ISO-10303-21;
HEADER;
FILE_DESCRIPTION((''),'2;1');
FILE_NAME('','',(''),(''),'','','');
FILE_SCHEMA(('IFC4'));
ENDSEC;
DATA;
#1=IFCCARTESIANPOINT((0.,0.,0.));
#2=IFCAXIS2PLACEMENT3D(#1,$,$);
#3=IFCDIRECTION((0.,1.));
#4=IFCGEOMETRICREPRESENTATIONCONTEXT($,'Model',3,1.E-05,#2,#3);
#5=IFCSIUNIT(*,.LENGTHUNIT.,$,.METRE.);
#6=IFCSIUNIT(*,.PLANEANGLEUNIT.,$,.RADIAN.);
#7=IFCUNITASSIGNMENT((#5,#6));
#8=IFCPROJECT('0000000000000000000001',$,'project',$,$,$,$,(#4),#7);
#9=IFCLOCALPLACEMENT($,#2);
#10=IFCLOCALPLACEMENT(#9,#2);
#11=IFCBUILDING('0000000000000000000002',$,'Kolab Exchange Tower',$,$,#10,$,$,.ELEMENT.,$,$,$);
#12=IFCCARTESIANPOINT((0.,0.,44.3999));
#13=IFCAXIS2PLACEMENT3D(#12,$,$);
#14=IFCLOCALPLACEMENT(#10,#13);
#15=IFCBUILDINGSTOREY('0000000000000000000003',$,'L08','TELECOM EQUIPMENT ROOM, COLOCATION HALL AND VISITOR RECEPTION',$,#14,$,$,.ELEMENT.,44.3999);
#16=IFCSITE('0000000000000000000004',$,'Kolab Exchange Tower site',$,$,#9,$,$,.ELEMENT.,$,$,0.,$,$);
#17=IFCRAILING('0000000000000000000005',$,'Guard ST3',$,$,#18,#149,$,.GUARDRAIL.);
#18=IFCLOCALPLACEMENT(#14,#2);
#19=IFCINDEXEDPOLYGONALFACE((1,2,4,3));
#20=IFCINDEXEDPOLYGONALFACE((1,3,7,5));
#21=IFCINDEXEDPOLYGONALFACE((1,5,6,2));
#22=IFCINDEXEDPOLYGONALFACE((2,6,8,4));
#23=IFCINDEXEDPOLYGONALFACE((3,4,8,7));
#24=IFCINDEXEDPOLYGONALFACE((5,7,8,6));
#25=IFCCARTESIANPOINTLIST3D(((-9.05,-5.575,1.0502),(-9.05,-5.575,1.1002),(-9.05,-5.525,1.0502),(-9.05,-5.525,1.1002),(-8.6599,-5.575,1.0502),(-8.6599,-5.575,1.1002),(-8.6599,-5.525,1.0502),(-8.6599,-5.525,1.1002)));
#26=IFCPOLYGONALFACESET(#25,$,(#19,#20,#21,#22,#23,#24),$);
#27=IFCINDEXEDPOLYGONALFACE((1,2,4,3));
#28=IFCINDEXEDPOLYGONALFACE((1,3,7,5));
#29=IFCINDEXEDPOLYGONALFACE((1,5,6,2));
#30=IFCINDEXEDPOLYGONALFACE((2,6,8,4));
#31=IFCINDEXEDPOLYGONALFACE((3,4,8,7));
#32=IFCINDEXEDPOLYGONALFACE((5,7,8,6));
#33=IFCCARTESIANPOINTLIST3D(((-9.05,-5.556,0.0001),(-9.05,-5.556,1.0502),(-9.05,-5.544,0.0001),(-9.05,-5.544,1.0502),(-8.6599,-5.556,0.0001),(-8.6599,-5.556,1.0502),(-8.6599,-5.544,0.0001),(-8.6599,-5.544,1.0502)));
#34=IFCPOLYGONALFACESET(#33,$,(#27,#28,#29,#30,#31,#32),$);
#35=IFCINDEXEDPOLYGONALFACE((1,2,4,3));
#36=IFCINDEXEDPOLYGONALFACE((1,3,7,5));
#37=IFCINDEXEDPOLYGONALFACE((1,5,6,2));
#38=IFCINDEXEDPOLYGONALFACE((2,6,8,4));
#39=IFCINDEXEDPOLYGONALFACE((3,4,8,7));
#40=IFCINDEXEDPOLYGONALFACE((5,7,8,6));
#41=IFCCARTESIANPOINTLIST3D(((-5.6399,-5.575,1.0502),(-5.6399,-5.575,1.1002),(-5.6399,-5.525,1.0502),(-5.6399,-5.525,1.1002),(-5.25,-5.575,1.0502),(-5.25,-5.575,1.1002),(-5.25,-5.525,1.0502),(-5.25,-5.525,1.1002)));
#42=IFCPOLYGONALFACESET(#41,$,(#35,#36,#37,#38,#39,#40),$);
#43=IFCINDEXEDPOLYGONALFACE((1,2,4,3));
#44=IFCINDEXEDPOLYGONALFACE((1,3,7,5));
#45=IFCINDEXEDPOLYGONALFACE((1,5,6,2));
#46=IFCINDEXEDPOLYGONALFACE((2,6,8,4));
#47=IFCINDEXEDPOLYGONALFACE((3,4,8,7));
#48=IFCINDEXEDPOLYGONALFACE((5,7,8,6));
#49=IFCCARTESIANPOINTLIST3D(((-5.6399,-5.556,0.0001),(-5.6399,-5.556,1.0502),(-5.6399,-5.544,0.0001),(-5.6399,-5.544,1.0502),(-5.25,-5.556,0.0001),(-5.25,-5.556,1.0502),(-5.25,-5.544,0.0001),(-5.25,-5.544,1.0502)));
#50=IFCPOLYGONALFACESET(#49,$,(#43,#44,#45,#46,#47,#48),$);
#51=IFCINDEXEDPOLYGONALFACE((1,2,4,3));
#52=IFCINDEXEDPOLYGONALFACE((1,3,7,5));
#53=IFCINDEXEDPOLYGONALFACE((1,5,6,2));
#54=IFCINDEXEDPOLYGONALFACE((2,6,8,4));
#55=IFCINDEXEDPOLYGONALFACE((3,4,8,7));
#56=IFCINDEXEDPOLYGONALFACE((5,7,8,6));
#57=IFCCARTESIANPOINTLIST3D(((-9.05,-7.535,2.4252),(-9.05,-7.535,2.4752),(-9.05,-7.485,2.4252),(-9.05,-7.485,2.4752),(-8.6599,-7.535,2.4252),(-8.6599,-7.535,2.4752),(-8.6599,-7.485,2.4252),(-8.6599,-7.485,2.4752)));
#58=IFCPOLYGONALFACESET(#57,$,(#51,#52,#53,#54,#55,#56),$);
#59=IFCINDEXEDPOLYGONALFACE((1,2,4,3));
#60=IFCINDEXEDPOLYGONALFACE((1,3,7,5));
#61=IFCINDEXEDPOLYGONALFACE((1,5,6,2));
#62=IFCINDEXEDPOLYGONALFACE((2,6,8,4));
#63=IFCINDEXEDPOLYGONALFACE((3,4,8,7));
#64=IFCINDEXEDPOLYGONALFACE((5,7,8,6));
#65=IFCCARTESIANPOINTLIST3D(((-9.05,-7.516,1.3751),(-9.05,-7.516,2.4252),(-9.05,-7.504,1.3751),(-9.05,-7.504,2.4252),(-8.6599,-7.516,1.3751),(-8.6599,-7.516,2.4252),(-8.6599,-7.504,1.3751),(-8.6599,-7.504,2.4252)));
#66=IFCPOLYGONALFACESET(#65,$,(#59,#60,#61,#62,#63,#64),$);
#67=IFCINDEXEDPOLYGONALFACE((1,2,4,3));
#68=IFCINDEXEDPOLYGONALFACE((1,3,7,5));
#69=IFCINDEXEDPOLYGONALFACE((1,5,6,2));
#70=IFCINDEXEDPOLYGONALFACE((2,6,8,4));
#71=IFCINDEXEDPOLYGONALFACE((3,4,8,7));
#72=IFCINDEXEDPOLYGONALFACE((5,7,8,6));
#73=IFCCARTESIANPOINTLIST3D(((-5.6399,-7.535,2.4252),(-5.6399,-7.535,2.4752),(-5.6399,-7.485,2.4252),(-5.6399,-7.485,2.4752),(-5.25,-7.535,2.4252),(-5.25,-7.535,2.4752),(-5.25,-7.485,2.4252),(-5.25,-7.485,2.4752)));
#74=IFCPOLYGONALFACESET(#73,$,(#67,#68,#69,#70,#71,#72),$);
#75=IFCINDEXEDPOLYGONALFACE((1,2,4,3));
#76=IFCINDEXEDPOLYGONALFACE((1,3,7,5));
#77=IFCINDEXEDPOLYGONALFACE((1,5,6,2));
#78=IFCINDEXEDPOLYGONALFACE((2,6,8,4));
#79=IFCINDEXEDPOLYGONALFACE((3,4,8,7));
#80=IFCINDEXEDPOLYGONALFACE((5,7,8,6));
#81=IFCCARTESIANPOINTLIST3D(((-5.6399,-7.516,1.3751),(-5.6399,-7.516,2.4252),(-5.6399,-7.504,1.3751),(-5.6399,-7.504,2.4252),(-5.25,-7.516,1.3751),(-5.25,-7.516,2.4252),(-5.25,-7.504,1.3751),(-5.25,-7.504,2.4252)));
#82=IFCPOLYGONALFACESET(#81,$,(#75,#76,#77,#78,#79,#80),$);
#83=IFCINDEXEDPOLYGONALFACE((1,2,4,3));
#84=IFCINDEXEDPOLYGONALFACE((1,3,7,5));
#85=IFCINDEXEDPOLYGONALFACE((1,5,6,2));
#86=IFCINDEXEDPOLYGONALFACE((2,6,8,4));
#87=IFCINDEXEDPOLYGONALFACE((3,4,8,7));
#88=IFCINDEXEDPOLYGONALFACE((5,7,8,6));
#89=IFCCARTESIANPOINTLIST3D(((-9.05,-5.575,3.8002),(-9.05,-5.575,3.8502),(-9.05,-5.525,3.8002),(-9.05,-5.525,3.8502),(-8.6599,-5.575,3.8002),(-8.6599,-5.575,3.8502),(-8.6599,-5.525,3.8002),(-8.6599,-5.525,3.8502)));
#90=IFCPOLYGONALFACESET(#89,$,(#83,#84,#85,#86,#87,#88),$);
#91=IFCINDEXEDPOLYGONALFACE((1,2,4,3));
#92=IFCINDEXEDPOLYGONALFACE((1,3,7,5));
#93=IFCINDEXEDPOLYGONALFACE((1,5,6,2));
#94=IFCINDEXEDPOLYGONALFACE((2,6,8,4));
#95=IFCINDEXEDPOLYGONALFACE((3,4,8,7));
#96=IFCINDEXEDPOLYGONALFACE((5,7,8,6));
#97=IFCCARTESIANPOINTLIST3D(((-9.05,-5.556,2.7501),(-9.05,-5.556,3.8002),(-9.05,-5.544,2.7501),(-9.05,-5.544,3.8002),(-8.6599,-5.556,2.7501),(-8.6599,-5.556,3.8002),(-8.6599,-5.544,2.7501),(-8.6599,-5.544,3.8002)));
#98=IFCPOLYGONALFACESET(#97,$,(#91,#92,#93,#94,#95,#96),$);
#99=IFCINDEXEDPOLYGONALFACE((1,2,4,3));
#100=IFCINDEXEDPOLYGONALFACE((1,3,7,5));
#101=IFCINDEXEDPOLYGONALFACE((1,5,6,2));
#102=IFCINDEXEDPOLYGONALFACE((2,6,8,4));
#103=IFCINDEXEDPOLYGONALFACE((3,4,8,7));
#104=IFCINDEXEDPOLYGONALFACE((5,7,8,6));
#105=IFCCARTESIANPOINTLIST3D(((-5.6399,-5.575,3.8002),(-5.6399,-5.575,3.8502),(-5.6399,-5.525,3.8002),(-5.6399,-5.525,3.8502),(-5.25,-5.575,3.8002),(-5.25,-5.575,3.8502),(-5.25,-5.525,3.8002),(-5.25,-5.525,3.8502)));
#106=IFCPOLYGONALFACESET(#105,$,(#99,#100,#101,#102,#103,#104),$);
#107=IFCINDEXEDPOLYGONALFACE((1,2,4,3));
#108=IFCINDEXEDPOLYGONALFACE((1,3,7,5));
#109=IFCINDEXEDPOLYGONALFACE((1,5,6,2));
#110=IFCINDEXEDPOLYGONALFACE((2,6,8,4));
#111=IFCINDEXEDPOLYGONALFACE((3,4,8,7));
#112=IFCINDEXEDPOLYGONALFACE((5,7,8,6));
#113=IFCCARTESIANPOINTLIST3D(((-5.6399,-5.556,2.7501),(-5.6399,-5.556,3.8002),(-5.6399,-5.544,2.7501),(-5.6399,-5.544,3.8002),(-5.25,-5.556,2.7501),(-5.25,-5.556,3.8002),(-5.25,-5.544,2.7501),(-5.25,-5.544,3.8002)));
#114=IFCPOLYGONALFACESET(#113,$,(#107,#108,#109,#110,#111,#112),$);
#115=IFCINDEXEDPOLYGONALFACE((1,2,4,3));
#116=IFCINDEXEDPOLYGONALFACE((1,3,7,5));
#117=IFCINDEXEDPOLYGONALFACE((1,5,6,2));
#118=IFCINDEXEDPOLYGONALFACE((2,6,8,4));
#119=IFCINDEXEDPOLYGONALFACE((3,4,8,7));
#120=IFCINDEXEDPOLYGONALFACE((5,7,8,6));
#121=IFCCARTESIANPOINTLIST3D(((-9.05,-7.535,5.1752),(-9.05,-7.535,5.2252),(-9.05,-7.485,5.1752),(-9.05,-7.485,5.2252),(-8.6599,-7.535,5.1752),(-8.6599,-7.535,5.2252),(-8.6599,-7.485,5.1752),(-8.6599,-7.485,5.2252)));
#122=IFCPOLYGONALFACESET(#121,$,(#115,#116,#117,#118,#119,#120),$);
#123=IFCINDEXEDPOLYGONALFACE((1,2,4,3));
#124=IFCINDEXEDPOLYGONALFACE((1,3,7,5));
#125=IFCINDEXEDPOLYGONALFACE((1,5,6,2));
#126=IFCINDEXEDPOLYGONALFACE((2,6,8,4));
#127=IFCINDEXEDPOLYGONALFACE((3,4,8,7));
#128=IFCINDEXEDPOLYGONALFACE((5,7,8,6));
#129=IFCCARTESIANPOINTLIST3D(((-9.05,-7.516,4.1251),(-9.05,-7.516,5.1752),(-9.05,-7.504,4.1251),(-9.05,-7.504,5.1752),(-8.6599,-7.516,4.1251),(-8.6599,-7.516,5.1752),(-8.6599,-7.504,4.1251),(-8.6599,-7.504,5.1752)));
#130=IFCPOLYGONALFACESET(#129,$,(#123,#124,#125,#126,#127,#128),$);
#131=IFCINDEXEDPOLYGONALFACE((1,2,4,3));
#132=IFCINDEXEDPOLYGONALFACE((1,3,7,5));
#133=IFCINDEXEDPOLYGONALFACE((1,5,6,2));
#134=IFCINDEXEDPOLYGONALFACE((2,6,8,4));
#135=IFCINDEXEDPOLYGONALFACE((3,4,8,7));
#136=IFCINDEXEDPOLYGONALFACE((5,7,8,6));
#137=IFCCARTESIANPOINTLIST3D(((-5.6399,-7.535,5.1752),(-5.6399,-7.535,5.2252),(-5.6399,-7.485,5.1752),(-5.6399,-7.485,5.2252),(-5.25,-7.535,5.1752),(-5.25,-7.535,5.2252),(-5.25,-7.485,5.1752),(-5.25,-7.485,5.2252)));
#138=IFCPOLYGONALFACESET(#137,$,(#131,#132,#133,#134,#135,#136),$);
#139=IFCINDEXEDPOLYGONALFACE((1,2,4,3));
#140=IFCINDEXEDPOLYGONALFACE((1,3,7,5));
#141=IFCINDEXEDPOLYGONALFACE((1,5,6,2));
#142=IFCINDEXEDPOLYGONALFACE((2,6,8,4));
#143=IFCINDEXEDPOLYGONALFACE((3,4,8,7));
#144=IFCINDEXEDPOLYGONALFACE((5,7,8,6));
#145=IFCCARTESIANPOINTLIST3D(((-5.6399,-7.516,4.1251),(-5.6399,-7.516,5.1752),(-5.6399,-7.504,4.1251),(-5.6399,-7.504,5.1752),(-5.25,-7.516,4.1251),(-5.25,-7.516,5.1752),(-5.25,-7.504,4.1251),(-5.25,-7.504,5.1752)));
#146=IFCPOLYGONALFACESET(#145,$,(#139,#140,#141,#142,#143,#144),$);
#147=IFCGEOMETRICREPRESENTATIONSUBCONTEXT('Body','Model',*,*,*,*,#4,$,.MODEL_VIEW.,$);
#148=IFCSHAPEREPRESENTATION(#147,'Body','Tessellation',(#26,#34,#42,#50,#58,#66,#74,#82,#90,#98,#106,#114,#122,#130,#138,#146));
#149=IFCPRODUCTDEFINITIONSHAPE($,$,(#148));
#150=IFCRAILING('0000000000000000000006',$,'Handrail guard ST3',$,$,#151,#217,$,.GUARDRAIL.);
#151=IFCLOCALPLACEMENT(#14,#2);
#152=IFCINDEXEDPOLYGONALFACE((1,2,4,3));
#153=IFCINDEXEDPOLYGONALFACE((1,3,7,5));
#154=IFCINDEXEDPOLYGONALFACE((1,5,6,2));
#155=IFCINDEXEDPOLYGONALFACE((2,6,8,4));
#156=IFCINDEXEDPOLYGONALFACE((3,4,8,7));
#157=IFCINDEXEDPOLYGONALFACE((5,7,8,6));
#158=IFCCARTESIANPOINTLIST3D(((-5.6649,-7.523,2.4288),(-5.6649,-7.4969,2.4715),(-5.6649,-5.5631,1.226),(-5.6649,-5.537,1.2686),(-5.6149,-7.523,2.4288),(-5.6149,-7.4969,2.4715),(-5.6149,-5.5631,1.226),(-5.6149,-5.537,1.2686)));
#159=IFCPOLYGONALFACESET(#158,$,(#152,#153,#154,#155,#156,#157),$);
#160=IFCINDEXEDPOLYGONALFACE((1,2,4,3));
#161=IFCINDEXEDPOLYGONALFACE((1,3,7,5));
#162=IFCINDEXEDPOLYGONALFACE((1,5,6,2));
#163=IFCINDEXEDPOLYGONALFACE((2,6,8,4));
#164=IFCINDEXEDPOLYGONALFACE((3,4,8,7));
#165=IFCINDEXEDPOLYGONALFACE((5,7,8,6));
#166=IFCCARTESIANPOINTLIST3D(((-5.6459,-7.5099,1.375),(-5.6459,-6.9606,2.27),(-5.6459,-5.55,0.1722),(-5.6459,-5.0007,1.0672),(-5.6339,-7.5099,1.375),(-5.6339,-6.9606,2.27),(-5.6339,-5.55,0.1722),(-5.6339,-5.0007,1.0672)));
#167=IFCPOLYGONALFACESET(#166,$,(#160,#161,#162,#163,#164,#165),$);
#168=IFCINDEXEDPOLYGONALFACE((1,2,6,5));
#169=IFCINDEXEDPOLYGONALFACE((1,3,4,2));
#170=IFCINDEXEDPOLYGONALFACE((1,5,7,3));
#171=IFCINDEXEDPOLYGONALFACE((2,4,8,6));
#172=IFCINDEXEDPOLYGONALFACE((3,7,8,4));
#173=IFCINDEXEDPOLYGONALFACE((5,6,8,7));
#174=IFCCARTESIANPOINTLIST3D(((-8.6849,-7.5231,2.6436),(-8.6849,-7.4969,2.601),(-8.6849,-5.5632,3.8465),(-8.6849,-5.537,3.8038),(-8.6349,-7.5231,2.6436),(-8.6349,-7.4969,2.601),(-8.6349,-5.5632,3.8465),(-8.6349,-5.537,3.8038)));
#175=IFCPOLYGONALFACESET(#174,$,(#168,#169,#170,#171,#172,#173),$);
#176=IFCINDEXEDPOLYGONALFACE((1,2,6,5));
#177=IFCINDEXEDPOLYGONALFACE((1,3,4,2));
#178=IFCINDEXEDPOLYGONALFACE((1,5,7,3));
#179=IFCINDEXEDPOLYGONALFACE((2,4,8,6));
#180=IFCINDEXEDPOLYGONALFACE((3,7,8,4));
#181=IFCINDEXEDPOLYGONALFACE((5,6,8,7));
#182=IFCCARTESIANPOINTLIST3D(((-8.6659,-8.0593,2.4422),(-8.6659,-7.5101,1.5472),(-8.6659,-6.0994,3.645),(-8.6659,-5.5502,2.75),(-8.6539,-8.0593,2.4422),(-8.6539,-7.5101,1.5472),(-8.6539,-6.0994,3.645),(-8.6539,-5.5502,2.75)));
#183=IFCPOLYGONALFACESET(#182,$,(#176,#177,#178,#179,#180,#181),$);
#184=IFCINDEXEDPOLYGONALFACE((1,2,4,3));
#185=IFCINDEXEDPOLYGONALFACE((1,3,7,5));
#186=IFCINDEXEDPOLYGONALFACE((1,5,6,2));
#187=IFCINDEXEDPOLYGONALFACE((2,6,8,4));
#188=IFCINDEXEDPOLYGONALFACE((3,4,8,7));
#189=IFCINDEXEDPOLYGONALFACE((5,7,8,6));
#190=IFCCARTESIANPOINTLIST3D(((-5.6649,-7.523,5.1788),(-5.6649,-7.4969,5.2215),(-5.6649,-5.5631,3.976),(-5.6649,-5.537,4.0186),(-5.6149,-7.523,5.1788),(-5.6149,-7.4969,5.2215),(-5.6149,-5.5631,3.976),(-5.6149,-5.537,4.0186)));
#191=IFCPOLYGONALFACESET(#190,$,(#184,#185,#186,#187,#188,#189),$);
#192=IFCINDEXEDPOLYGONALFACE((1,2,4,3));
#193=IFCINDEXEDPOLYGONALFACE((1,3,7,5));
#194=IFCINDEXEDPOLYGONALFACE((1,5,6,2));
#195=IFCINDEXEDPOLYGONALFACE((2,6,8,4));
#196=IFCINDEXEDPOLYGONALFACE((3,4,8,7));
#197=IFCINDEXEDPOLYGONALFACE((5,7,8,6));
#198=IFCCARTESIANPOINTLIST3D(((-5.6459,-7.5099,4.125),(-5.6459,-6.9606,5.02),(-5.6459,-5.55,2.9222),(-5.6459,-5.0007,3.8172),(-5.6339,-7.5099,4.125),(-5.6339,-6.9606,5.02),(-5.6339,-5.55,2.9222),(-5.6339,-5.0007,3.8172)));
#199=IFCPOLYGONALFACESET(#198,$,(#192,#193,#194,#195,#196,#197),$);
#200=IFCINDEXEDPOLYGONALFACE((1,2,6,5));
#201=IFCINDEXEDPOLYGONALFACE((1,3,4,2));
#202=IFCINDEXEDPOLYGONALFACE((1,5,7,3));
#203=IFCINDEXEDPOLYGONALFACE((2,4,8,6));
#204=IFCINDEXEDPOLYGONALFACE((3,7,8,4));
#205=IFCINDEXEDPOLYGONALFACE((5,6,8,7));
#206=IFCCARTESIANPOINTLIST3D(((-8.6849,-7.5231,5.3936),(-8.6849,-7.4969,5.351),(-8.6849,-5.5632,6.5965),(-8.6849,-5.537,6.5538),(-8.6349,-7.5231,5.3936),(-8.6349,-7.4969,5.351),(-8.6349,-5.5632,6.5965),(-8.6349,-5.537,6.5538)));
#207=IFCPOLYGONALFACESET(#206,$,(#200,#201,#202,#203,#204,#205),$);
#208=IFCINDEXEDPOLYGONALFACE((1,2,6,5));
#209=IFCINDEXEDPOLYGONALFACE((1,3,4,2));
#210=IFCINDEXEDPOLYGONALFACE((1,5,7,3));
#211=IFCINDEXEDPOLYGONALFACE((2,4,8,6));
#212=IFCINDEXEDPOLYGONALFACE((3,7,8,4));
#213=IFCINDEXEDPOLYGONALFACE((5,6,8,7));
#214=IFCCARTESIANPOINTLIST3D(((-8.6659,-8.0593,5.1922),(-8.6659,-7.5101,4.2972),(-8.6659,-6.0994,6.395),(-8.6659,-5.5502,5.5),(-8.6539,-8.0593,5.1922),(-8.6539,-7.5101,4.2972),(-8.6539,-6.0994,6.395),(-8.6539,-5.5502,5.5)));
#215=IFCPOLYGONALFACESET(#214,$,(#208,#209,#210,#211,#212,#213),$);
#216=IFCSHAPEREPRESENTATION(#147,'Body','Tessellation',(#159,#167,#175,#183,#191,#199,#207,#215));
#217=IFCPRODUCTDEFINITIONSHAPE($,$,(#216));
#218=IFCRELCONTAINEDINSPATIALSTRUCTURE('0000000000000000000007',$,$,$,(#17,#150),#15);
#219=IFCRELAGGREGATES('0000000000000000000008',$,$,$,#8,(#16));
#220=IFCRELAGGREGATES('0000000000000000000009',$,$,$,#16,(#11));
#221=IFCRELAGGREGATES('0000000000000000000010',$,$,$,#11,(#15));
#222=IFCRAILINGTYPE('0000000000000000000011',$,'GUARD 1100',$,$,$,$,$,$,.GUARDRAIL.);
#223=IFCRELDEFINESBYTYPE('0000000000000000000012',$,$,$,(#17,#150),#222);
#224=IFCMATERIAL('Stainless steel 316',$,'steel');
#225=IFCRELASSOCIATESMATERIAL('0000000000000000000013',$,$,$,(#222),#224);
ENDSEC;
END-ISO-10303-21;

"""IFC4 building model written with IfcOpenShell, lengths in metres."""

from ifc_helpers import new_model, si_unit, direction, frame, frame_2d, origin, origin_2d, place, context, subcontext, project, spatial, rectangle, extrude, material, type_object, element, save


model = new_model("IFC4")

# Units and contexts
model_context = context("Model", 3, precision=1e-05, world=origin(), true_north=direction((0.0, 1.0)))
body_context = subcontext(model_context, "Body", "Model", "MODEL_VIEW")
ifc_project = project(units=[si_unit("LENGTHUNIT", "METRE"), si_unit("PLANEANGLEUNIT", "RADIAN")], contexts=[model_context])

# Site, building, storey
site_placement = place(None, origin())
site = spatial("IfcSite", under=ifc_project, at=site_placement, Name="Kolab Exchange Tower site", CompositionType="ELEMENT", RefElevation=0.0)
building_placement = place(site_placement, origin())
building = spatial("IfcBuilding", under=site, at=building_placement, Name="Kolab Exchange Tower", CompositionType="ELEMENT")
storey_placement = place(building_placement, frame((0.0, 0.0, 44.3999)))
storey = spatial("IfcBuildingStorey", under=building, at=storey_placement, Name="L08", Description="TELECOM EQUIPMENT ROOM, COLOCATION HALL AND VISITOR RECEPTION", CompositionType="ELEMENT", Elevation=44.3999)

# Shared definitions
ifc_material_1 = material(Name="Stainless steel 316", Category="steel")

# Railings
railing_type = type_object("IfcRailingType", Name="GUARD 1100", PredefinedType="GUARDRAIL", material=ifc_material_1)
railing_1_placement = place(storey_placement, frame((-9.05, -5.55, 0.0)))
element("IfcRailing", 1, at=railing_1_placement, inside=storey, type_object=railing_type, Name="Guard ST3", PredefinedType="GUARDRAIL", context=body_context, shape_type="SweptSolid", body=[
    extrude(rectangle(XDim=0.05, YDim=0.05, at=origin_2d()), frame((0.0, 0.0, 1.0752), z_axis=(1.0, 0.0, 0.0), x_axis=(0.0, 1.0, 0.0)), (0.0, 0.0, 1.0), 0.3901),
    extrude(rectangle(XDim=0.012, YDim=1.0501, at=frame_2d((0.0, 0.5251))), frame((0.0, 0.0, 0.0), z_axis=(1.0, 0.0, 0.0), x_axis=(0.0, 1.0, 0.0)), (0.0, 0.0, 1.0), 0.3901),
    extrude(rectangle(XDim=0.05, YDim=0.05, at=origin_2d()), frame((3.4102, 0.0, 1.0752), z_axis=(1.0, 0.0, 0.0), x_axis=(0.0, 1.0, 0.0)), (0.0, 0.0, 1.0), 0.3899),
    extrude(rectangle(XDim=0.012, YDim=1.0501, at=frame_2d((0.0, 0.5251))), frame((3.4102, 0.0, 0.0), z_axis=(1.0, 0.0, 0.0), x_axis=(0.0, 1.0, 0.0)), (0.0, 0.0, 1.0), 0.3899),
    extrude(rectangle(XDim=0.05, YDim=0.05, at=origin_2d()), frame((0.0, -1.96, 2.4502), z_axis=(1.0, 0.0, 0.0), x_axis=(0.0, 1.0, 0.0)), (0.0, 0.0, 1.0), 0.3901),
    extrude(rectangle(XDim=0.012, YDim=1.0501, at=frame_2d((0.0, 0.5251))), frame((0.0, -1.96, 1.375), z_axis=(1.0, 0.0, 0.0), x_axis=(0.0, 1.0, 0.0)), (0.0, 0.0, 1.0), 0.3901),
    extrude(rectangle(XDim=0.05, YDim=0.05, at=origin_2d()), frame((3.4102, -1.96, 2.4502), z_axis=(1.0, 0.0, 0.0), x_axis=(0.0, 1.0, 0.0)), (0.0, 0.0, 1.0), 0.3899),
    extrude(rectangle(XDim=0.012, YDim=1.0501, at=frame_2d((0.0, 0.5251))), frame((3.4102, -1.96, 1.375), z_axis=(1.0, 0.0, 0.0), x_axis=(0.0, 1.0, 0.0)), (0.0, 0.0, 1.0), 0.3899),
    extrude(rectangle(XDim=0.05, YDim=0.05, at=origin_2d()), frame((0.0, 0.0, 3.8252), z_axis=(1.0, 0.0, 0.0), x_axis=(0.0, 1.0, 0.0)), (0.0, 0.0, 1.0), 0.3901),
    extrude(rectangle(XDim=0.012, YDim=1.0501, at=frame_2d((0.0, 0.5251))), frame((0.0, 0.0, 2.75), z_axis=(1.0, 0.0, 0.0), x_axis=(0.0, 1.0, 0.0)), (0.0, 0.0, 1.0), 0.3901),
    extrude(rectangle(XDim=0.05, YDim=0.05, at=origin_2d()), frame((3.4102, 0.0, 3.8252), z_axis=(1.0, 0.0, 0.0), x_axis=(0.0, 1.0, 0.0)), (0.0, 0.0, 1.0), 0.3899),
    extrude(rectangle(XDim=0.012, YDim=1.0501, at=frame_2d((0.0, 0.5251))), frame((3.4102, 0.0, 2.75), z_axis=(1.0, 0.0, 0.0), x_axis=(0.0, 1.0, 0.0)), (0.0, 0.0, 1.0), 0.3899),
    extrude(rectangle(XDim=0.05, YDim=0.05, at=origin_2d()), frame((0.0, -1.96, 5.2002), z_axis=(1.0, 0.0, 0.0), x_axis=(0.0, 1.0, 0.0)), (0.0, 0.0, 1.0), 0.3901),
    extrude(rectangle(XDim=0.012, YDim=1.0501, at=frame_2d((0.0, 0.5251))), frame((0.0, -1.96, 4.125), z_axis=(1.0, 0.0, 0.0), x_axis=(0.0, 1.0, 0.0)), (0.0, 0.0, 1.0), 0.3901),
    extrude(rectangle(XDim=0.05, YDim=0.05, at=origin_2d()), frame((3.4102, -1.96, 5.2002), z_axis=(1.0, 0.0, 0.0), x_axis=(0.0, 1.0, 0.0)), (0.0, 0.0, 1.0), 0.3899),
    extrude(rectangle(XDim=0.012, YDim=1.0501, at=frame_2d((0.0, 0.5251))), frame((3.4102, -1.96, 4.125), z_axis=(1.0, 0.0, 0.0), x_axis=(0.0, 1.0, 0.0)), (0.0, 0.0, 1.0), 0.3899),
])
railing_2_placement = place(storey_placement, frame((-5.6399, -5.55, 0.1721)))
element("IfcRailing", 2, at=railing_2_placement, inside=storey, type_object=railing_type, Name="Handrail guard ST3", PredefinedType="GUARDRAIL", context=body_context, shape_type="SweptSolid", body=[
    extrude(rectangle(XDim=0.05, YDim=0.05, at=origin_2d()), frame((0.0, 0.0, 1.0752), z_axis=(0.0, -0.852288, 0.523072), x_axis=(1.0, 0.0, 0.0)), (0.0, 0.0, 1.0), 2.2996),
    extrude(rectangle(XDim=0.012, YDim=1.0501, at=frame_2d((0.0, 0.5251))), frame((0.0, 0.0, 0.0), z_axis=(0.0, -0.852288, 0.523072), x_axis=(1.0, 0.0, 0.0)), (0.0, 0.0, 1.0), 2.2996),
    extrude(rectangle(XDim=0.05, YDim=0.05, at=origin_2d()), frame((-3.02, -1.96, 2.4502), z_axis=(0.0, 0.852288, 0.523072), x_axis=(-1.0, 0.0, 0.0)), (0.0, 0.0, 1.0), 2.2996),
    extrude(rectangle(XDim=0.012, YDim=1.0501, at=frame_2d((0.0, 0.5251))), frame((-3.02, -1.96, 1.375), z_axis=(0.0, 0.852288, 0.523072), x_axis=(-1.0, 0.0, 0.0)), (0.0, 0.0, 1.0), 2.2996),
    extrude(rectangle(XDim=0.05, YDim=0.05, at=origin_2d()), frame((0.0, 0.0, 3.8252), z_axis=(0.0, -0.852288, 0.523072), x_axis=(1.0, 0.0, 0.0)), (0.0, 0.0, 1.0), 2.2996),
    extrude(rectangle(XDim=0.012, YDim=1.0501, at=frame_2d((0.0, 0.5251))), frame((0.0, 0.0, 2.75), z_axis=(0.0, -0.852288, 0.523072), x_axis=(1.0, 0.0, 0.0)), (0.0, 0.0, 1.0), 2.2996),
    extrude(rectangle(XDim=0.05, YDim=0.05, at=origin_2d()), frame((-3.02, -1.96, 5.2002), z_axis=(0.0, 0.852288, 0.523072), x_axis=(-1.0, 0.0, 0.0)), (0.0, 0.0, 1.0), 2.2996),
    extrude(rectangle(XDim=0.012, YDim=1.0501, at=frame_2d((0.0, 0.5251))), frame((-3.02, -1.96, 4.125), z_axis=(0.0, 0.852288, 0.523072), x_axis=(-1.0, 0.0, 0.0)), (0.0, 0.0, 1.0), 2.2996),
])

save(model, "model.ifc")
